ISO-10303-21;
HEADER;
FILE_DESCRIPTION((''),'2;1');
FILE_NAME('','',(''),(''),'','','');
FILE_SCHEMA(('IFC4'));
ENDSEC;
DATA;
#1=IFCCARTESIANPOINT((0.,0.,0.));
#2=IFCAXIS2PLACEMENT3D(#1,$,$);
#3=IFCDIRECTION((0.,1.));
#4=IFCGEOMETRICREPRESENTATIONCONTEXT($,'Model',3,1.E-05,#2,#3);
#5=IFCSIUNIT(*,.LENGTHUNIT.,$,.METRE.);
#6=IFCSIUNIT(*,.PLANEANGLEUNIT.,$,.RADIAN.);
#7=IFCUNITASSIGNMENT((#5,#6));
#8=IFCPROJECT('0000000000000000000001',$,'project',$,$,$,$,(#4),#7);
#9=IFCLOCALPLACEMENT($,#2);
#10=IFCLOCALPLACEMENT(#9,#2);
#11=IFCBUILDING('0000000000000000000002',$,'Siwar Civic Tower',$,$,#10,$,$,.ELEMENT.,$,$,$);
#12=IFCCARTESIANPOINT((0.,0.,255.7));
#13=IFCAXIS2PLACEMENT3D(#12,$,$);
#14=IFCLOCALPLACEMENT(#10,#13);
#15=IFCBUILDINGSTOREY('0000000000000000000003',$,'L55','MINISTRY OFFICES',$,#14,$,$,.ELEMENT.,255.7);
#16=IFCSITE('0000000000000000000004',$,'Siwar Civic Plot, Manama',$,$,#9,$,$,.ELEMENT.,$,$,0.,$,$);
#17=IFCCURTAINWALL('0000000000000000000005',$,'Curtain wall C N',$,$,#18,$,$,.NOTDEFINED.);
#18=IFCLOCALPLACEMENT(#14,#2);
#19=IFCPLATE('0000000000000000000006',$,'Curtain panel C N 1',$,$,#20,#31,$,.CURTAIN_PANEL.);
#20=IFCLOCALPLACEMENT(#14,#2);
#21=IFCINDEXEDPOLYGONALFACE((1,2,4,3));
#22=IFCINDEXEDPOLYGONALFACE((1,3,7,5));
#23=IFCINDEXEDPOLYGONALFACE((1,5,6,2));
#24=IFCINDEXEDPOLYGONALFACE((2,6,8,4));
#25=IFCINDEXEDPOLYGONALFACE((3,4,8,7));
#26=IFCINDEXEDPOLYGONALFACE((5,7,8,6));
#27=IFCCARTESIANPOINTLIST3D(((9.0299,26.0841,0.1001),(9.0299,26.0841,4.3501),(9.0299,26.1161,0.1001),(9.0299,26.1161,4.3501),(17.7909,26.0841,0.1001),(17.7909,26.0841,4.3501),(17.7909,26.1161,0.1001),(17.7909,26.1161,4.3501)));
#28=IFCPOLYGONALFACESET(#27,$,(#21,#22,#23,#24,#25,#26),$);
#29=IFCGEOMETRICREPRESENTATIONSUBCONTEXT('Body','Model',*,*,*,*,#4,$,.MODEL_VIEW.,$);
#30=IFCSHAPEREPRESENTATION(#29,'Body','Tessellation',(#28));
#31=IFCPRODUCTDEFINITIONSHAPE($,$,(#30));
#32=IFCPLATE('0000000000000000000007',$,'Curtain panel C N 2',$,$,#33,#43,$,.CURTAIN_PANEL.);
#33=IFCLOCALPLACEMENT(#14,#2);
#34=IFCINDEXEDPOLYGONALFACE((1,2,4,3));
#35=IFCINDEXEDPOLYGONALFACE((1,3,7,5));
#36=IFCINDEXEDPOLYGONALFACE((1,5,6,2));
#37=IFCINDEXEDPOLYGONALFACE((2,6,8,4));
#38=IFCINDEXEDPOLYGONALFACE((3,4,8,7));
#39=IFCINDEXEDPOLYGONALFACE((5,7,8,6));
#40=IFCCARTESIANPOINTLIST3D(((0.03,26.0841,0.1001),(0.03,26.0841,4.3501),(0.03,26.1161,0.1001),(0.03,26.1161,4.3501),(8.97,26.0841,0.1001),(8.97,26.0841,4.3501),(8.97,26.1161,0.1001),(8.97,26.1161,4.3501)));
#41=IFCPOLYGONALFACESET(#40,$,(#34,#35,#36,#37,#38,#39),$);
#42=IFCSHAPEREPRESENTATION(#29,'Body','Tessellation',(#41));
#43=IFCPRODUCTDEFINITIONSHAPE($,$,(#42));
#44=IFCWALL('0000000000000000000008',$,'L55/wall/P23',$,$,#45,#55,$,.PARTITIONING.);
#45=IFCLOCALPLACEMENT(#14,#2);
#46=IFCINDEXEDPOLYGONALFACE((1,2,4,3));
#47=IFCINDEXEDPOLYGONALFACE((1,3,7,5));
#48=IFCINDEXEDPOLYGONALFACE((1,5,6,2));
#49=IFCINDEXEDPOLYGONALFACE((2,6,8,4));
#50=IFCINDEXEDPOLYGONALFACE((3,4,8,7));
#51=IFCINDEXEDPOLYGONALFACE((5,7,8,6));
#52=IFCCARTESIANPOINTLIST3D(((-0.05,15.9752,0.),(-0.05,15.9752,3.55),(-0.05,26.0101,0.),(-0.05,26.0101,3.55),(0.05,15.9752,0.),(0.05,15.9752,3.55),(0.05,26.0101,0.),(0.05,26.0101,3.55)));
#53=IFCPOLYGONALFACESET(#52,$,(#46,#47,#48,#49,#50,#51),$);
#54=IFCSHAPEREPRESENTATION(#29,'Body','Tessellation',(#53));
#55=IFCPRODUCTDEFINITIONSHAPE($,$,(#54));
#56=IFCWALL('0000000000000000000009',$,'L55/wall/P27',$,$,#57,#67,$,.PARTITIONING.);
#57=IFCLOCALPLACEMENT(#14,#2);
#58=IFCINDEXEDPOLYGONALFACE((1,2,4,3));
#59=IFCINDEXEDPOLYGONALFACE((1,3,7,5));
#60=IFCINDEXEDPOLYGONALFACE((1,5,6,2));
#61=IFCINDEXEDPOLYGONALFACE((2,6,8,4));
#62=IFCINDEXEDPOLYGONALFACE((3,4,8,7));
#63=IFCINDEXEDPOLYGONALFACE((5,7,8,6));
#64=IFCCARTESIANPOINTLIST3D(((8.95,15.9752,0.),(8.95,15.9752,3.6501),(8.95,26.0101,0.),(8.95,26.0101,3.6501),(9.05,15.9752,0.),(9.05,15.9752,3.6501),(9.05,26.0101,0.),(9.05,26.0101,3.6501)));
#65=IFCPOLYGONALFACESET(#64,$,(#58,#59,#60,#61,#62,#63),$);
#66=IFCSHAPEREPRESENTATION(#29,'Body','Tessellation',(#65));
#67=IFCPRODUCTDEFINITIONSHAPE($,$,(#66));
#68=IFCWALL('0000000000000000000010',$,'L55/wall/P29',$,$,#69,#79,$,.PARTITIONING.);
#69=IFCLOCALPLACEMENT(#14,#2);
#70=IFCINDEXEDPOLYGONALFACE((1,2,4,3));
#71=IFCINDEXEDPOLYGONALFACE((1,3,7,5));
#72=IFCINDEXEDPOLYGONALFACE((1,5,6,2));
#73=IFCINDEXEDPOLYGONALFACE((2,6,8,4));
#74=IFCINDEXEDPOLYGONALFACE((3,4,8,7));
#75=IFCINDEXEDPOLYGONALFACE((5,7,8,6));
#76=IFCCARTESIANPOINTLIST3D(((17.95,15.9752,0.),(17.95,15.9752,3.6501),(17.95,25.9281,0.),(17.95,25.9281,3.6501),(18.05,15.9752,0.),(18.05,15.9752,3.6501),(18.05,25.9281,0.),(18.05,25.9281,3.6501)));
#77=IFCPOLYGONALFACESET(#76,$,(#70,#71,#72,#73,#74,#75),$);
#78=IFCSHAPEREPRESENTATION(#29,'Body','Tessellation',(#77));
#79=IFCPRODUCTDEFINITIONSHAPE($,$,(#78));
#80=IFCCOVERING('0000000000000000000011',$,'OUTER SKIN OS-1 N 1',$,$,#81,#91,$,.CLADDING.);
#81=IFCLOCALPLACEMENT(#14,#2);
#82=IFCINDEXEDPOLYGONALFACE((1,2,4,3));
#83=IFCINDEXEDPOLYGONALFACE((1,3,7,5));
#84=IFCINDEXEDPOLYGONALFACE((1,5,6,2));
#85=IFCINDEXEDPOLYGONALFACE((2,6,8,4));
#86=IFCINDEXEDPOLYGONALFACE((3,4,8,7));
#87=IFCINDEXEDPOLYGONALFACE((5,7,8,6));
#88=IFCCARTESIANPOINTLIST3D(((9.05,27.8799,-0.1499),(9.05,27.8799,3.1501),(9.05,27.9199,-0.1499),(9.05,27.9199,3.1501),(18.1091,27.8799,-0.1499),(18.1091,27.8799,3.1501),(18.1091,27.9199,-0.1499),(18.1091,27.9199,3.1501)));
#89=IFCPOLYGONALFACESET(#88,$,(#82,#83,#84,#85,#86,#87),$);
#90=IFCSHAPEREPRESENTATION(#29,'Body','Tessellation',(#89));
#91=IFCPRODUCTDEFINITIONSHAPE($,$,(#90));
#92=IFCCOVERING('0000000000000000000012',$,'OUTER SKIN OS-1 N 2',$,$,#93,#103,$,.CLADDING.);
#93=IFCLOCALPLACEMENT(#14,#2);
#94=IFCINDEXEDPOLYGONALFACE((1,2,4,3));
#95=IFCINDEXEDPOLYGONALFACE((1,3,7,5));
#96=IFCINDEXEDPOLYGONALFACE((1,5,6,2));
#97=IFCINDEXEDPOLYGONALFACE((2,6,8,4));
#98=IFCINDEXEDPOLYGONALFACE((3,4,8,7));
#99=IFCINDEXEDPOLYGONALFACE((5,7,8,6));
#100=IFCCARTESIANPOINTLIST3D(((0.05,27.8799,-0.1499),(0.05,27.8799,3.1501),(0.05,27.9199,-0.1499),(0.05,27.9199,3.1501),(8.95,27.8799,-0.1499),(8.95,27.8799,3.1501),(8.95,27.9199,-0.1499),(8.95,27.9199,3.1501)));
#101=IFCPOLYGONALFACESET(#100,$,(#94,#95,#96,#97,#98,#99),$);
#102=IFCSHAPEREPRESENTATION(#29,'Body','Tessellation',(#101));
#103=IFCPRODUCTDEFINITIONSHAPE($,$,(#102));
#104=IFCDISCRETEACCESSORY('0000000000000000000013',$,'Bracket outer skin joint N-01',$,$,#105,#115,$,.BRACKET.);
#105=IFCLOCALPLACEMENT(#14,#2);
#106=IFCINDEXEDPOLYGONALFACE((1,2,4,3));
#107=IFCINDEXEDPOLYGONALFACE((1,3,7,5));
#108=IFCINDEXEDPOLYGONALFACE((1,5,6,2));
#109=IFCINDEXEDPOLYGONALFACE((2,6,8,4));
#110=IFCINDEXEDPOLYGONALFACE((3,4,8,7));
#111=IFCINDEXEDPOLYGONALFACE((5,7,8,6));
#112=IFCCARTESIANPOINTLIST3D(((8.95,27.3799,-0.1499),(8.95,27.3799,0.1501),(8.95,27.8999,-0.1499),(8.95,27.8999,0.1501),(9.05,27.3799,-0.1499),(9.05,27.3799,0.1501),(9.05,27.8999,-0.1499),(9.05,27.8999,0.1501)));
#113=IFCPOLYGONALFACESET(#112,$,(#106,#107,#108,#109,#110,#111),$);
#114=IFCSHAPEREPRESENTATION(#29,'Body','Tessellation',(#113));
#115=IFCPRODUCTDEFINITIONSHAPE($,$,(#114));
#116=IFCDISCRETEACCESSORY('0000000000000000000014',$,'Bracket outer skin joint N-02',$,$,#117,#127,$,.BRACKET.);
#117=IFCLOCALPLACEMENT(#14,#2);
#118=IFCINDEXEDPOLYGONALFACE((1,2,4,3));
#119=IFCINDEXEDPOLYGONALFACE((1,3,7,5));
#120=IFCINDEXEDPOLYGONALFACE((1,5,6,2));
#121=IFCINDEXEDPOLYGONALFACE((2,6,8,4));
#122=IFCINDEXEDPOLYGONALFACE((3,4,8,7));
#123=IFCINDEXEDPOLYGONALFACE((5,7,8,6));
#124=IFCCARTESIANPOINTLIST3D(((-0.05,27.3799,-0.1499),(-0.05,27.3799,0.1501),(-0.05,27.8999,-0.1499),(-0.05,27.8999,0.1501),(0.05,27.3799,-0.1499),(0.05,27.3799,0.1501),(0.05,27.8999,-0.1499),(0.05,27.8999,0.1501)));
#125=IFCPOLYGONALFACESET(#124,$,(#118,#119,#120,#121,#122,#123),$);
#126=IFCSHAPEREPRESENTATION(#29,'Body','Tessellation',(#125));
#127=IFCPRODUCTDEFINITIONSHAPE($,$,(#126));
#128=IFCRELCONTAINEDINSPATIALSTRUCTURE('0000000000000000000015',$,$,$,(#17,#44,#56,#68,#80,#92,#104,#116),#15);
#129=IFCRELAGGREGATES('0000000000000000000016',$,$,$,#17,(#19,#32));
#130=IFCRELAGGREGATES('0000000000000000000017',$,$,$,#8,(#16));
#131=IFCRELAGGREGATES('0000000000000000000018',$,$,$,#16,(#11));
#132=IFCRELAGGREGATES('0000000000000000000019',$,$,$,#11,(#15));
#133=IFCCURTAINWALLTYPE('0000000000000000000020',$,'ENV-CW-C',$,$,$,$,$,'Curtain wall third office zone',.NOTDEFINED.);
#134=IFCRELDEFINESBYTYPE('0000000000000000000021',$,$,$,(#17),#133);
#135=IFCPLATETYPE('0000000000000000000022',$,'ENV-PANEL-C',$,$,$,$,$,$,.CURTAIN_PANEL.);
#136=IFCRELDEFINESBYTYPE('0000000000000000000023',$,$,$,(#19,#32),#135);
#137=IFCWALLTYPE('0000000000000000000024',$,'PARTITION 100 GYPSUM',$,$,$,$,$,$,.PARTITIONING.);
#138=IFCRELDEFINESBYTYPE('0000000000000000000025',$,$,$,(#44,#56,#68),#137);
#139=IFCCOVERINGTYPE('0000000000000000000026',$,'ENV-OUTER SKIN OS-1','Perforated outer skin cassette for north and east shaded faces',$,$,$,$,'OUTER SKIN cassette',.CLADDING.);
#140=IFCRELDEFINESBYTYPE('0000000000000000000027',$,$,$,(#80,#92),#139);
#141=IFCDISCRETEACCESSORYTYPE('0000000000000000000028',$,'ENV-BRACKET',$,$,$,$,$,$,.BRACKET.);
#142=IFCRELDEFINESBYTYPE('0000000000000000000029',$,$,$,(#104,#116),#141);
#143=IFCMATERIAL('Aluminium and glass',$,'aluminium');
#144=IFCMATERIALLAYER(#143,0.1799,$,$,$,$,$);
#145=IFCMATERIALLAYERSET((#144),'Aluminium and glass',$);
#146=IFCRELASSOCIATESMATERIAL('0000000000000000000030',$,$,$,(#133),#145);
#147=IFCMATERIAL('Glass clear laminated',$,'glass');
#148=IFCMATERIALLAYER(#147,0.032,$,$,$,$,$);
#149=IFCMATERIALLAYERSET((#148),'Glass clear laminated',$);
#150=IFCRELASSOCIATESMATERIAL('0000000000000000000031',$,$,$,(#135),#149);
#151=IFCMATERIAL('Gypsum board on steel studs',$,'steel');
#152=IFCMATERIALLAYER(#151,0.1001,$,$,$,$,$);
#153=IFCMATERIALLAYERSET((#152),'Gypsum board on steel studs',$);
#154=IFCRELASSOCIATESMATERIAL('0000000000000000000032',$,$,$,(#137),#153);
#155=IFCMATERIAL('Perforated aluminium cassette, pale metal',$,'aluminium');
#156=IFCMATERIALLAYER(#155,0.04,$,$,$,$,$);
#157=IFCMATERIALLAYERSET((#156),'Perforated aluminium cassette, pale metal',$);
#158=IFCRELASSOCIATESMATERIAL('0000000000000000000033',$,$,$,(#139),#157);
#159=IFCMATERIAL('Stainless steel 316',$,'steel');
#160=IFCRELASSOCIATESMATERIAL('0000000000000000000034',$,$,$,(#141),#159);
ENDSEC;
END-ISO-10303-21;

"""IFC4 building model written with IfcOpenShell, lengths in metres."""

from ifc_helpers import new_model, si_unit, direction, frame, frame_2d, origin, origin_2d, place, context, subcontext, project, spatial, rectangle, extrude, material, layer, layer_set, type_object, element, aggregate, save


model = new_model("IFC4")

# Units and contexts
model_context = context("Model", 3, precision=1e-05, world=origin(), true_north=direction((0.0, 1.0)))
body_context = subcontext(model_context, "Body", "Model", "MODEL_VIEW")
ifc_project = project(units=[si_unit("LENGTHUNIT", "METRE"), si_unit("PLANEANGLEUNIT", "RADIAN")], contexts=[model_context])

# Site, building, storey
site_placement = place(None, origin())
site = spatial("IfcSite", under=ifc_project, at=site_placement, Name="Siwar Civic Plot, Manama", CompositionType="ELEMENT", RefElevation=0.0)
building_placement = place(site_placement, origin())
building = spatial("IfcBuilding", under=site, at=building_placement, Name="Siwar Civic Tower", CompositionType="ELEMENT")
storey_placement = place(building_placement, frame((0.0, 0.0, 255.7)))
storey = spatial("IfcBuildingStorey", under=building, at=storey_placement, Name="L55", Description="MINISTRY OFFICES", CompositionType="ELEMENT", Elevation=255.7)

# Curtain wall
ifc_material_1 = material(Name="Aluminium and glass", Category="aluminium")
ifc_layer_1 = layer(ifc_material_1, 0.1799)
ifc_layer_set_1 = layer_set([ifc_layer_1], Name="Aluminium and glass")
curtain_wall_type = type_object("IfcCurtainWallType", Name="ENV-CW-C", ElementType="Curtain wall third office zone", PredefinedType="NOTDEFINED", material=ifc_layer_set_1)
curtain_wall_placement = place(storey_placement, origin())
curtain_wall = element("IfcCurtainWall", 1, at=curtain_wall_placement, inside=storey, type_object=curtain_wall_type, Name="Curtain wall C N", PredefinedType="NOTDEFINED")

# Plates
ifc_material_2 = material(Name="Glass clear laminated", Category="glass")
ifc_layer_2 = layer(ifc_material_2, 0.032)
ifc_layer_set_2 = layer_set([ifc_layer_2], Name="Glass clear laminated")
plate_type = type_object("IfcPlateType", Name="ENV-PANEL-C", PredefinedType="CURTAIN_PANEL", material=ifc_layer_set_2)
plate_1_placement = place(storey_placement, frame((13.4104, 26.1001, 0.1001), z_axis=(0.0, 0.0, 1.0), x_axis=(-1.0, 0.0, 0.0)))
plate_1 = element("IfcPlate", 2, at=plate_1_placement, type_object=plate_type, Name="Curtain panel C N 1", PredefinedType="CURTAIN_PANEL", context=body_context, shape_type="SweptSolid", body=[
    extrude(rectangle(XDim=8.761, YDim=0.032, at=origin_2d()), origin(), (0.0, 0.0, 1.0), 4.25),
])
plate_2_placement = place(storey_placement, frame((4.5, 26.1001, 0.1001), z_axis=(0.0, 0.0, 1.0), x_axis=(-1.0, 0.0, 0.0)))
plate_2 = element("IfcPlate", 3, at=plate_2_placement, type_object=plate_type, Name="Curtain panel C N 2", PredefinedType="CURTAIN_PANEL", context=body_context, shape_type="SweptSolid", body=[
    extrude(rectangle(XDim=8.9399, YDim=0.032, at=origin_2d()), origin(), (0.0, 0.0, 1.0), 4.25),
])
aggregate(curtain_wall, [plate_1, plate_2])

# Walls
ifc_material_3 = material(Name="Gypsum board on steel studs", Category="steel")
ifc_layer_3 = layer(ifc_material_3, 0.1001)
ifc_layer_set_3 = layer_set([ifc_layer_3], Name="Gypsum board on steel studs")
wall_type = type_object("IfcWallType", Name="PARTITION 100 GYPSUM", PredefinedType="PARTITIONING", material=ifc_layer_set_3)
wall_1_placement = place(storey_placement, frame((0.0, 15.9751, 0.0), z_axis=(0.0, 0.0, 1.0), x_axis=(0.0, 1.0, 0.0)))
element("IfcWall", 4, at=wall_1_placement, inside=storey, type_object=wall_type, Name="L55/wall/P23", PredefinedType="PARTITIONING", context=body_context, shape_type="SweptSolid", body=[
    extrude(rectangle(XDim=10.0349, YDim=0.1001, at=frame_2d((5.0176, 0.0))), origin(), (0.0, 0.0, 1.0), 3.55),
])
wall_2_placement = place(storey_placement, frame((9.0, 15.9751, 0.0), z_axis=(0.0, 0.0, 1.0), x_axis=(0.0, 1.0, 0.0)))
element("IfcWall", 5, at=wall_2_placement, inside=storey, type_object=wall_type, Name="L55/wall/P27", PredefinedType="PARTITIONING", context=body_context, shape_type="SweptSolid", body=[
    extrude(rectangle(XDim=10.0349, YDim=0.1001, at=frame_2d((5.0176, 0.0))), origin(), (0.0, 0.0, 1.0), 3.6501),
])
wall_3_placement = place(storey_placement, frame((18.0, 15.9751, 0.0), z_axis=(0.0, 0.0, 1.0), x_axis=(0.0, 1.0, 0.0)))
element("IfcWall", 6, at=wall_3_placement, inside=storey, type_object=wall_type, Name="L55/wall/P29", PredefinedType="PARTITIONING", context=body_context, shape_type="SweptSolid", body=[
    extrude(rectangle(XDim=9.9529, YDim=0.1001, at=frame_2d((4.9766, 0.0))), origin(), (0.0, 0.0, 1.0), 3.6501),
])

# Coverings
ifc_material_4 = material(Name="Perforated aluminium cassette, pale metal", Category="aluminium")
ifc_layer_4 = layer(ifc_material_4, 0.04)
ifc_layer_set_4 = layer_set([ifc_layer_4], Name="Perforated aluminium cassette, pale metal")
covering_type = type_object("IfcCoveringType", Name="ENV-OUTER SKIN OS-1", Description="Perforated outer skin cassette for north and east shaded faces", ElementType="OUTER SKIN cassette", PredefinedType="CLADDING", material=ifc_layer_set_4)
covering_1_placement = place(storey_placement, frame((13.5796, 27.8999, -0.1499), z_axis=(0.0, 0.0, 1.0), x_axis=(-1.0, 0.0, 0.0)))
element("IfcCovering", 7, at=covering_1_placement, inside=storey, type_object=covering_type, Name="OUTER SKIN OS-1 N 1", PredefinedType="CLADDING", context=body_context, shape_type="SweptSolid", body=[
    extrude(rectangle(XDim=9.0591, YDim=0.04, at=origin_2d()), origin(), (0.0, 0.0, 1.0), 3.3),
])
covering_2_placement = place(storey_placement, frame((4.5, 27.8999, -0.1499), z_axis=(0.0, 0.0, 1.0), x_axis=(-1.0, 0.0, 0.0)))
element("IfcCovering", 8, at=covering_2_placement, inside=storey, type_object=covering_type, Name="OUTER SKIN OS-1 N 2", PredefinedType="CLADDING", context=body_context, shape_type="SweptSolid", body=[
    extrude(rectangle(XDim=8.8999, YDim=0.04, at=origin_2d()), origin(), (0.0, 0.0, 1.0), 3.3),
])

# Discrete accessories
ifc_material_5 = material(Name="Stainless steel 316", Category="steel")
discrete_accessory_type = type_object("IfcDiscreteAccessoryType", Name="ENV-BRACKET", PredefinedType="BRACKET", material=ifc_material_5)
for number, where, z_axis, x_axis, name in (
    (9, (9.0, 27.6399, -0.1499), (0.0, 0.0, 1.0), (0.0, 1.0, 0.0), "Bracket outer skin joint N-01"),
    (10, (0.0, 27.6399, -0.1499), (0.0, 0.0, 1.0), (0.0, 1.0, 0.0), "Bracket outer skin joint N-02"),
):
    element("IfcDiscreteAccessory", number, at=place(storey_placement, frame(where, z_axis=z_axis, x_axis=x_axis)), inside=storey, type_object=discrete_accessory_type, Name=name, PredefinedType="BRACKET", context=body_context, shape_type="SweptSolid", body=[
        extrude(rectangle(XDim=0.52, YDim=0.1001, at=origin_2d()), origin(), (0.0, 0.0, 1.0), 0.3),
    ])

save(model, "model.ifc")
